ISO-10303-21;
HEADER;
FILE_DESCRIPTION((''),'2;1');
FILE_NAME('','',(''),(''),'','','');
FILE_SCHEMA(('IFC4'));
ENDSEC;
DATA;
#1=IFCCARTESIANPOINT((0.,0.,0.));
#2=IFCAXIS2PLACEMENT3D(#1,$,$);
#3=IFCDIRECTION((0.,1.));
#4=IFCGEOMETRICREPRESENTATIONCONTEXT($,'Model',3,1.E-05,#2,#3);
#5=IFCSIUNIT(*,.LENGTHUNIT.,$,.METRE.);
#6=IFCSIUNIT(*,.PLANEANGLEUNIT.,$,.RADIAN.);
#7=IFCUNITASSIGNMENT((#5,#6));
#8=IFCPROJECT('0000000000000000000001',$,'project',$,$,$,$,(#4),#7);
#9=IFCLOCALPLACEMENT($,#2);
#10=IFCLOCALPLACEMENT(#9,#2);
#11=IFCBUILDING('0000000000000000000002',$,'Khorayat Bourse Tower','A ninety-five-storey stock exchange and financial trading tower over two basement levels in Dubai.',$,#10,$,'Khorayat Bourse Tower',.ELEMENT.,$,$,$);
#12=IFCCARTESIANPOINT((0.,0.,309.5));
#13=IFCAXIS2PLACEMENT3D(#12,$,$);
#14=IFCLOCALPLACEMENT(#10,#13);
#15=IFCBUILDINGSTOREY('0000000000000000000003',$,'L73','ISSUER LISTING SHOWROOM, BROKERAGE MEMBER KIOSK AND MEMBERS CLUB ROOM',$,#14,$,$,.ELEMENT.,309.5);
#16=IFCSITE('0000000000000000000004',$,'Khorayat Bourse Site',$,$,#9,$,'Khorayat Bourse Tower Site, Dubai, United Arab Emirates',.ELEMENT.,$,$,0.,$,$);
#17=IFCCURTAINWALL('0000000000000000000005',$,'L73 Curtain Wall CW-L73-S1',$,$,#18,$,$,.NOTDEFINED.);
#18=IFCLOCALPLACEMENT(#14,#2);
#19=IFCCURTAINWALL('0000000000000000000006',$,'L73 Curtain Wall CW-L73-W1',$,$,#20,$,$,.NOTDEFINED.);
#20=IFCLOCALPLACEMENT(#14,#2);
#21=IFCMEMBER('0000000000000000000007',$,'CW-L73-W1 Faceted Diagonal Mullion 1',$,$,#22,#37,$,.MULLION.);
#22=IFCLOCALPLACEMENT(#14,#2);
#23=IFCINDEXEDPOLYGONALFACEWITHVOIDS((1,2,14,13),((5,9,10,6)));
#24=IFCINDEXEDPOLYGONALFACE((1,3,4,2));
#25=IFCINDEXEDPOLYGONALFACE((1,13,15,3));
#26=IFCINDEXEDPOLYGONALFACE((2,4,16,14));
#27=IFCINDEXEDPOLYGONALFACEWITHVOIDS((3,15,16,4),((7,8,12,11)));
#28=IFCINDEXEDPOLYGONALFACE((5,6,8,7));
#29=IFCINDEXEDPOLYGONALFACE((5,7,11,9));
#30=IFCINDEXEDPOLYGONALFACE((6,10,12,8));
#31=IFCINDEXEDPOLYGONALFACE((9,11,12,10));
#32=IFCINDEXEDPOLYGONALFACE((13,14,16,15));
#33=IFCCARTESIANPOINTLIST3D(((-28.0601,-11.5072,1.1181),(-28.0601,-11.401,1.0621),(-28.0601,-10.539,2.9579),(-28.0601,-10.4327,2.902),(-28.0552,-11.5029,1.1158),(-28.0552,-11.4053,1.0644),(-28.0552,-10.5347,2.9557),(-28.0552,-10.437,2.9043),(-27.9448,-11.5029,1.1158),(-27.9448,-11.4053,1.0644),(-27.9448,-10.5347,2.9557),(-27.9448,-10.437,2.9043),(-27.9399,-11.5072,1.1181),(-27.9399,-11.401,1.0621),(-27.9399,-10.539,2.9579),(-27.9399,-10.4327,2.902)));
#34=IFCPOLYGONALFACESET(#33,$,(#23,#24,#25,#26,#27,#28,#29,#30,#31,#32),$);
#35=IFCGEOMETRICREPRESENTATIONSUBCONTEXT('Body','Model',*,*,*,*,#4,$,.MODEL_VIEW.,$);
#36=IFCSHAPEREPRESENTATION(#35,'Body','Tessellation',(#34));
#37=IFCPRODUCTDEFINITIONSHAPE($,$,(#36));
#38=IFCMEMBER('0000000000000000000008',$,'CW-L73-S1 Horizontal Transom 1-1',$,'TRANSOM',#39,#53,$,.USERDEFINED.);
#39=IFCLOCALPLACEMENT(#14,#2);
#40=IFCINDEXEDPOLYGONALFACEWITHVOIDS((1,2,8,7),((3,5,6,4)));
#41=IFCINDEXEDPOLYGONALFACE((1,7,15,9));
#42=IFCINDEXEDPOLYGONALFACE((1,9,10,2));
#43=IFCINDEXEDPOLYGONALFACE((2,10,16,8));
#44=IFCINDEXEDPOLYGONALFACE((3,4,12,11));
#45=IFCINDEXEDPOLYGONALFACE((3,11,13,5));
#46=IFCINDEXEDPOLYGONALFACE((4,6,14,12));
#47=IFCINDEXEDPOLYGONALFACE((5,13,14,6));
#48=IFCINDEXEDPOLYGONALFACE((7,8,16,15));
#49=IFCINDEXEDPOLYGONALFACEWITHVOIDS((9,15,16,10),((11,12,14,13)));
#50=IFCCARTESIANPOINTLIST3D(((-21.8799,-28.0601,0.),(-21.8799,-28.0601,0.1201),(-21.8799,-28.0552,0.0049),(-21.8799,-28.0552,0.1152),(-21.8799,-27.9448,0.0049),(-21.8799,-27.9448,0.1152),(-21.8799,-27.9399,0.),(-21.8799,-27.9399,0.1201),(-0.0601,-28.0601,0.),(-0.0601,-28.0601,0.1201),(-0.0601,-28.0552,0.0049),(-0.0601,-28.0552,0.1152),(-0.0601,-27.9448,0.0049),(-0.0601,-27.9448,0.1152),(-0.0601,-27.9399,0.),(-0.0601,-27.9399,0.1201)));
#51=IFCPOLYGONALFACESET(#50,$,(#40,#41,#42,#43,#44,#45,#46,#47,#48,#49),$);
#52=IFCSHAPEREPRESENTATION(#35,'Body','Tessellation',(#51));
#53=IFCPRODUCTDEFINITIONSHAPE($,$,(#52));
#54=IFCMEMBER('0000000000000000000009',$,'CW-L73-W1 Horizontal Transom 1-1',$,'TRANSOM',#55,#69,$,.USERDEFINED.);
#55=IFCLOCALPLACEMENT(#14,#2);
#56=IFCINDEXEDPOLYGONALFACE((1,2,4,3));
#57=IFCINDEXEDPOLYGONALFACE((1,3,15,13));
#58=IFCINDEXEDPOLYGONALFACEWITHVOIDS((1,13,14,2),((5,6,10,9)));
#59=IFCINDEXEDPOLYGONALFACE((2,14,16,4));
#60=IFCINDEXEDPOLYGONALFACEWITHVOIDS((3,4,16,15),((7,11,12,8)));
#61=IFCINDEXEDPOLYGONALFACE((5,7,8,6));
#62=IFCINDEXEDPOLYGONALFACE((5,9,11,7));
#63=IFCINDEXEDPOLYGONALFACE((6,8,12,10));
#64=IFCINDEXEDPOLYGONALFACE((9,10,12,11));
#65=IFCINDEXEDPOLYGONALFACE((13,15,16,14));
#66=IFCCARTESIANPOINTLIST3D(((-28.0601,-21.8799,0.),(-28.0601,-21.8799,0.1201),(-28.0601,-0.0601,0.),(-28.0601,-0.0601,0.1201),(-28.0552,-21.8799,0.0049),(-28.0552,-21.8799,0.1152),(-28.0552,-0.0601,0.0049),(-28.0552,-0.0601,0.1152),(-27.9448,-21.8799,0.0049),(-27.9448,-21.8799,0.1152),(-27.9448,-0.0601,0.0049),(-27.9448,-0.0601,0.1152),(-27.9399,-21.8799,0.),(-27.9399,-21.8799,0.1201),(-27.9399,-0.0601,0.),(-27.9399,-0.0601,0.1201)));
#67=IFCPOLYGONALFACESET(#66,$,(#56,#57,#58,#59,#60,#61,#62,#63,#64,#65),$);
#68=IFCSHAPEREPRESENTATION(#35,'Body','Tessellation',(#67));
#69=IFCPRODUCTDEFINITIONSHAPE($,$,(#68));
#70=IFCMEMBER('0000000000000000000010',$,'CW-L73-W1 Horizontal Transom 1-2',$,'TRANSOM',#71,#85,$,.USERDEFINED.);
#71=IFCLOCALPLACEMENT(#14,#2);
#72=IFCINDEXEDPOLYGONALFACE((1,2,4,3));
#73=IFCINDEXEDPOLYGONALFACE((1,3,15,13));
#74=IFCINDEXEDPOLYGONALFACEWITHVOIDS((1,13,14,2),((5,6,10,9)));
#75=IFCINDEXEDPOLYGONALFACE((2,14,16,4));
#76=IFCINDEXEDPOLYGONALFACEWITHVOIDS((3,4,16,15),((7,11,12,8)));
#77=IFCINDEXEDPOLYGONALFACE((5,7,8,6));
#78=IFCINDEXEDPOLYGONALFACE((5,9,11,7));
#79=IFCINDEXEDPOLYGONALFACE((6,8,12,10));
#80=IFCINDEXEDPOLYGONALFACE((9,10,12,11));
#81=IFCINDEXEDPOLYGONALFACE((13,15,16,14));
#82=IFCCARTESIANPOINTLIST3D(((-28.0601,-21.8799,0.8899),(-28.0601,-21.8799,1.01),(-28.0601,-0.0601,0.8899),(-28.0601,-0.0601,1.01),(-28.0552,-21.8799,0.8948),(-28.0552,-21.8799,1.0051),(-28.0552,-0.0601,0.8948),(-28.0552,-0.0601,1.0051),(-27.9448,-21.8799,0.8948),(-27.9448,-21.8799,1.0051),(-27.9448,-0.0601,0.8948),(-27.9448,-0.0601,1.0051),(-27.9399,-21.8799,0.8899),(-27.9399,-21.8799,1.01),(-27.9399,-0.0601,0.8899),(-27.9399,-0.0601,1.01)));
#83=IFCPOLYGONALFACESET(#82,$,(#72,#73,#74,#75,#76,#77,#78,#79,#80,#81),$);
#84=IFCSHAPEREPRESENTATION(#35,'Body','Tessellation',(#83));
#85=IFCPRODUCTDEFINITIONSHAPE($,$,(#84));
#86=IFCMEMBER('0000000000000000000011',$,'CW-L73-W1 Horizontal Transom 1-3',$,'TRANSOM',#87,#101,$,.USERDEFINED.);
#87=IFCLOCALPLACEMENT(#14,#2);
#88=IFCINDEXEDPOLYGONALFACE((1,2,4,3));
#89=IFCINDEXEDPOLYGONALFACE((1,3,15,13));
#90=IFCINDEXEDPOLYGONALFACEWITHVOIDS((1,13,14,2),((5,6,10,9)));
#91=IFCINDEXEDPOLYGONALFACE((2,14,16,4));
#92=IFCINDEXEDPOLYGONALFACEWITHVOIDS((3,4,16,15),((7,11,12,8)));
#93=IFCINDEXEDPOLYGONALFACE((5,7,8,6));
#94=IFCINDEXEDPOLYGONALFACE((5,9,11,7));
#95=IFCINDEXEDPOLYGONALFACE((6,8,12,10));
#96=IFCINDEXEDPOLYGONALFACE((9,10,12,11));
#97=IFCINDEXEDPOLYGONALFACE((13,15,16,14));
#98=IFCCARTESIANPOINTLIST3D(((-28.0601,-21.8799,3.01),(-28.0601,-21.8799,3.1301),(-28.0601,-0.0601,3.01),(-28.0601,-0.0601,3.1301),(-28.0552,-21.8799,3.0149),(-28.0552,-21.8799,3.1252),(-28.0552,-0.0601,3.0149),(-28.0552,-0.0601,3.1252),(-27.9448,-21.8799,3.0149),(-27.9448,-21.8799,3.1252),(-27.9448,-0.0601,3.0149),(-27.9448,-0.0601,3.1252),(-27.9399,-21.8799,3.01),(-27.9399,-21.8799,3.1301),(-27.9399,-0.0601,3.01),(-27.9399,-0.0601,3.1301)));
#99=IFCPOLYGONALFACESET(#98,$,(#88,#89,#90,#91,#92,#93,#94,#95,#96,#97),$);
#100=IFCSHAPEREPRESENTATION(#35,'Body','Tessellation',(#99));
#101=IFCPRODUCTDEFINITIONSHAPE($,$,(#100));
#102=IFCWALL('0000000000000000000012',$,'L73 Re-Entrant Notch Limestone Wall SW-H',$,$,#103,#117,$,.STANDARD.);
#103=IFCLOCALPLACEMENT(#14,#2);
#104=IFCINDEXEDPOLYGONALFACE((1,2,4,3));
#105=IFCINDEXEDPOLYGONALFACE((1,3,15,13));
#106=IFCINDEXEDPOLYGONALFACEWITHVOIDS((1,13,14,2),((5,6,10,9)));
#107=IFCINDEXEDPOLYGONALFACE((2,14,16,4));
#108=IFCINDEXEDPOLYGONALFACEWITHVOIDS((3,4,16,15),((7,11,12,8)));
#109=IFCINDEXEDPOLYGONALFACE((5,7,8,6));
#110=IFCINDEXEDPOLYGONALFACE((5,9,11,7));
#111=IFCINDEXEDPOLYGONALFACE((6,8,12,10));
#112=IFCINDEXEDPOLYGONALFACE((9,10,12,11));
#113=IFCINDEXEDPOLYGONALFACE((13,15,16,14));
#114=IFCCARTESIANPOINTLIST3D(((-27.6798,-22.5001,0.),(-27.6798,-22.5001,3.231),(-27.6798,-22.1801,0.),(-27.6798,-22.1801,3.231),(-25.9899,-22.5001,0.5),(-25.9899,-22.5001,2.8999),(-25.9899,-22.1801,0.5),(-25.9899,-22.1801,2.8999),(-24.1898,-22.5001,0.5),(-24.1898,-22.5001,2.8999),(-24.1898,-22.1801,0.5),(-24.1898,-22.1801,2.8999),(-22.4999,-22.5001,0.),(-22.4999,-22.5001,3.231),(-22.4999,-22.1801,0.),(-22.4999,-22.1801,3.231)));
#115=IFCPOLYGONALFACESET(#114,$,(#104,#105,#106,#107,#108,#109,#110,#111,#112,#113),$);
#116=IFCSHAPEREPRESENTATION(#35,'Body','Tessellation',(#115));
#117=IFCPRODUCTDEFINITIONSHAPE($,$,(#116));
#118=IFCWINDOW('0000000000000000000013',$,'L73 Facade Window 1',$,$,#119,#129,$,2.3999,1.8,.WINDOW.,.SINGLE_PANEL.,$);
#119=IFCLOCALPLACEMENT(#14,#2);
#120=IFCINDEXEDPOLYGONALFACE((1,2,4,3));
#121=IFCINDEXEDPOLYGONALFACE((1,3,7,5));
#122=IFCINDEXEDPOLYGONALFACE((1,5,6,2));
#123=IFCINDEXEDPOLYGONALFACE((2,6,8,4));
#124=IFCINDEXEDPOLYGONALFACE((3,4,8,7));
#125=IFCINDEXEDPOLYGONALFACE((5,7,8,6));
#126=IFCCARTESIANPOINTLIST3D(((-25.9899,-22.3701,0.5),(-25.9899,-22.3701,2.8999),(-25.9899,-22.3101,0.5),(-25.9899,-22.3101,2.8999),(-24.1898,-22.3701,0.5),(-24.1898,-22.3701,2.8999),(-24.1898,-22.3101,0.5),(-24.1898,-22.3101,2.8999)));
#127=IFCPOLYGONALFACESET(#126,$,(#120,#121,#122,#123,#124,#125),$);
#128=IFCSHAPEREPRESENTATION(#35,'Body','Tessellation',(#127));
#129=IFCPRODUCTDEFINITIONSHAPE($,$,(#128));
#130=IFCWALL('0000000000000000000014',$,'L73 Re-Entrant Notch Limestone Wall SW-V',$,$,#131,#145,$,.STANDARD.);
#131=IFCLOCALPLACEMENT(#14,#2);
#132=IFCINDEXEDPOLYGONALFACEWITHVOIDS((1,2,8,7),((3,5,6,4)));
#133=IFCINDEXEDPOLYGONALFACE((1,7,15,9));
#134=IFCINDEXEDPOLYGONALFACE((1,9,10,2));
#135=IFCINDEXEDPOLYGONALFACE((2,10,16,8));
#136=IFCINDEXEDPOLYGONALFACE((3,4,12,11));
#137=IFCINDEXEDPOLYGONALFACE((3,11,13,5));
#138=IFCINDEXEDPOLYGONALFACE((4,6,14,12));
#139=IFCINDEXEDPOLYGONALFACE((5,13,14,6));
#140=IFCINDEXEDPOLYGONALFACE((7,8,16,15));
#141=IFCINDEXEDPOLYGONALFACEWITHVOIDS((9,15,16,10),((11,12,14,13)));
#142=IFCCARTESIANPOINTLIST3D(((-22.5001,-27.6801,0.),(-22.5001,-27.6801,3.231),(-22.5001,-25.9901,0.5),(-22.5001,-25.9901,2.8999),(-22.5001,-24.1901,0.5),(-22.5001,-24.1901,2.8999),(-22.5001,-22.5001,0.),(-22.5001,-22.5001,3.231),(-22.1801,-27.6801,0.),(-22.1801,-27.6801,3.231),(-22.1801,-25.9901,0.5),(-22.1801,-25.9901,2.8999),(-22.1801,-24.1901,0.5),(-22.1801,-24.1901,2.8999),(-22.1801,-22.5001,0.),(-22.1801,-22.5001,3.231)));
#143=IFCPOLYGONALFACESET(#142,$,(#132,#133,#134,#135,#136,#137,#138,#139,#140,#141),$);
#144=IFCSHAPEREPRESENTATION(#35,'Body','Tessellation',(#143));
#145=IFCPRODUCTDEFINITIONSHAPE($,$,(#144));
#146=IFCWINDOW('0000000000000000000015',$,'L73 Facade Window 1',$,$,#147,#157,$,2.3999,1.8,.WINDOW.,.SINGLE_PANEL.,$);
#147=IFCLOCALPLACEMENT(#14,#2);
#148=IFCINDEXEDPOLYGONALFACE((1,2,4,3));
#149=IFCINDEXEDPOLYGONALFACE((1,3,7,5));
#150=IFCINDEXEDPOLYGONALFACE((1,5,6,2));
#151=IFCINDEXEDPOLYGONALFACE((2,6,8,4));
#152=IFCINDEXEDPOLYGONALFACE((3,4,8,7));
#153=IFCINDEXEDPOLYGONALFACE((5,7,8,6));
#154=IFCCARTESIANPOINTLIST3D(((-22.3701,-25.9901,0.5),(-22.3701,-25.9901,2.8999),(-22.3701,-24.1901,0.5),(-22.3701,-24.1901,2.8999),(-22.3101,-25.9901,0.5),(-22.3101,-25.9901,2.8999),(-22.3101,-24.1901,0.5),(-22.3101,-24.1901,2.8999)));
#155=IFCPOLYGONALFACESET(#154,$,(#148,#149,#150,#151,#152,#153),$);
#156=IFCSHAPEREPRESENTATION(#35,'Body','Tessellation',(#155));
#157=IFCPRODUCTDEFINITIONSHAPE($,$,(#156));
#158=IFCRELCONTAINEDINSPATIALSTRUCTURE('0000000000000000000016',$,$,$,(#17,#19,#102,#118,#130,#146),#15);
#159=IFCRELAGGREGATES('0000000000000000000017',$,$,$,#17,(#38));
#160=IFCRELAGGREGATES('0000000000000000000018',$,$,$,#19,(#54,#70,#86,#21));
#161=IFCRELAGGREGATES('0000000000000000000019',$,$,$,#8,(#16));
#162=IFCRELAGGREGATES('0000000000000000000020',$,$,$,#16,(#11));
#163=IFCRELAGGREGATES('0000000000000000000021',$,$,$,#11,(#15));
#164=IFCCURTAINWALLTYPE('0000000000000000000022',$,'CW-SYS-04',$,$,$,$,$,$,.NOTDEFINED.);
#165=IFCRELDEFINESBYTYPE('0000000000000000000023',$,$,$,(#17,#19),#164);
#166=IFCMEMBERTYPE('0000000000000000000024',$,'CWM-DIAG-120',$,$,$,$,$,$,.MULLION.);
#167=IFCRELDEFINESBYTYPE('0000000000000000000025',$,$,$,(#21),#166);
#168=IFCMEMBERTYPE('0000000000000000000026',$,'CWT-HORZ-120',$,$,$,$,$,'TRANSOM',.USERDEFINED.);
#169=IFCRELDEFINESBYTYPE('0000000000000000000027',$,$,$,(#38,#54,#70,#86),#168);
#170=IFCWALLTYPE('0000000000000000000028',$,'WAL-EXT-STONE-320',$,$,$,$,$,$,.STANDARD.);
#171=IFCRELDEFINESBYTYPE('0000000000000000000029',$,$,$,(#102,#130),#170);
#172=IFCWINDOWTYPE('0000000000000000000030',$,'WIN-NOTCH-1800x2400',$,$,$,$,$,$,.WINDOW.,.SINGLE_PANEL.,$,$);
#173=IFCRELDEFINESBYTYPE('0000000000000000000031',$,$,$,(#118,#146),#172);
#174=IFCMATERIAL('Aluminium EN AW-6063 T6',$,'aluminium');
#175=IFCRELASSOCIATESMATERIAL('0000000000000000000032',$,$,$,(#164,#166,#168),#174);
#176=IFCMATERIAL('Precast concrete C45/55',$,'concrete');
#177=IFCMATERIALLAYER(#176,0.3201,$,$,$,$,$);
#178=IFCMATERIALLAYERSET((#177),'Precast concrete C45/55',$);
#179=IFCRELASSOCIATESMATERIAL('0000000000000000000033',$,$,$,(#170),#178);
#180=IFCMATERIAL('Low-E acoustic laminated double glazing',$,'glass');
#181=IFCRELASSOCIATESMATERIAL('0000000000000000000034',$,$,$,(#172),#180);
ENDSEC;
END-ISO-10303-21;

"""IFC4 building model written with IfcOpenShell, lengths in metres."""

from ifc_helpers import new_model, si_unit, direction, frame, frame_2d, origin, origin_2d, place, context, subcontext, project, spatial, rectangle, hollow_rectangle, extrude, source, transform, mapped, material, layer, layer_set, material_profile, profile_set, type_object, element, fill, aggregate, save


model = new_model("IFC4")

# Units and contexts
model_context = context("Model", 3, precision=1e-05, world=origin(), true_north=direction((0.0, 1.0)))
body_context = subcontext(model_context, "Body", "Model", "MODEL_VIEW")
ifc_project = project(units=[si_unit("LENGTHUNIT", "METRE"), si_unit("PLANEANGLEUNIT", "RADIAN")], contexts=[model_context])

# Site, building, storey
site_placement = place(None, origin())
site = spatial("IfcSite", under=ifc_project, at=site_placement, Name="Khorayat Bourse Site", LongName="Khorayat Bourse Tower Site, Dubai, United Arab Emirates", CompositionType="ELEMENT", RefElevation=0.0)
building_placement = place(site_placement, origin())
building = spatial("IfcBuilding", under=site, at=building_placement, Name="Khorayat Bourse Tower", Description="A ninety-five-storey stock exchange and financial trading tower over two basement levels in Dubai.", LongName="Khorayat Bourse Tower", CompositionType="ELEMENT")
storey_placement = place(building_placement, frame((0.0, 0.0, 309.5)))
storey = spatial("IfcBuildingStorey", under=building, at=storey_placement, Name="L73", Description="ISSUER LISTING SHOWROOM, BROKERAGE MEMBER KIOSK AND MEMBERS CLUB ROOM", CompositionType="ELEMENT", Elevation=309.5)

# Curtain wall
ifc_material_1 = material(Name="Aluminium EN AW-6063 T6", Category="aluminium")
curtain_wall_type = type_object("IfcCurtainWallType", Name="CW-SYS-04", PredefinedType="NOTDEFINED", material=ifc_material_1)
curtain_wall_1_placement = place(storey_placement, origin())
curtain_wall_1 = element("IfcCurtainWall", 1, at=curtain_wall_1_placement, inside=storey, type_object=curtain_wall_type, Name="L73 Curtain Wall CW-L73-S1", PredefinedType="NOTDEFINED")

# Curtain wall, member
curtain_wall_2_placement = place(storey_placement, origin())
curtain_wall_2 = element("IfcCurtainWall", 2, at=curtain_wall_2_placement, inside=storey, type_object=curtain_wall_type, Name="L73 Curtain Wall CW-L73-W1", PredefinedType="NOTDEFINED")
ifc_material_profile_1 = material_profile(ifc_material_1, hollow_rectangle(XDim=0.1201, YDim=0.1201, WallThickness=0.0049, at=origin_2d()), Name="ALU 120x120x5")
ifc_profile_set_1 = profile_set([ifc_material_profile_1], Name="Aluminium EN AW-6063 T6")
member_type_1 = type_object("IfcMemberType", Name="CWM-DIAG-120", PredefinedType="MULLION", material=ifc_profile_set_1)
shared_shape_1 = source(origin(), body_context, "Body", "SweptSolid", [
    extrude(hollow_rectangle(XDim=0.1201, YDim=0.1201, WallThickness=0.0049, at=origin_2d()), origin(), (0.0, 0.0, 1.0), 2.0791),
])
member_1_placement = place(storey_placement, frame((-28.0, -11.4541, 1.0901), z_axis=(0.0, 0.465717, 0.884934), x_axis=(-1.0, 0.0, 0.0)))
member_1 = element("IfcMember", 3, at=member_1_placement, type_object=member_type_1, Name="CW-L73-W1 Faceted Diagonal Mullion 1", PredefinedType="MULLION", context=body_context, shape_type="MappedRepresentation", body=[
    mapped(shared_shape_1, transform((0.0, 0.0, 0.0), scale=1.0)),
])

# Members
ifc_material_profile_2 = material_profile(ifc_material_1, hollow_rectangle(XDim=0.1201, YDim=0.1201, WallThickness=0.0049, at=origin_2d()), Name="ALU 120x120x5")
ifc_profile_set_2 = profile_set([ifc_material_profile_2], Name="Aluminium EN AW-6063 T6")
member_type_2 = type_object("IfcMemberType", Name="CWT-HORZ-120", ElementType="TRANSOM", PredefinedType="USERDEFINED", material=ifc_profile_set_2)
shared_shape_2 = source(origin(), body_context, "Body", "SweptSolid", [
    extrude(hollow_rectangle(XDim=0.1201, YDim=0.1201, WallThickness=0.0049, at=origin_2d()), origin(), (0.0, 0.0, 1.0), 21.8198),
])
member_2_placement = place(storey_placement, frame((-21.8799, -28.0, 0.0601), z_axis=(1.0, 0.0, 0.0), x_axis=(0.0, 1.0, 0.0)))
member_2 = element("IfcMember", 4, at=member_2_placement, type_object=member_type_2, Name="CW-L73-S1 Horizontal Transom 1-1", ObjectType="TRANSOM", PredefinedType="USERDEFINED", context=body_context, shape_type="MappedRepresentation", body=[
    mapped(shared_shape_2, transform((0.0, 0.0, 0.0), scale=1.0)),
])
aggregate(curtain_wall_1, [member_2])
member_3_placement = place(storey_placement, frame((-28.0, -21.8799, 0.0601), z_axis=(0.0, 1.0, 0.0), x_axis=(-1.0, 0.0, 0.0)))
member_3 = element("IfcMember", 5, at=member_3_placement, type_object=member_type_2, Name="CW-L73-W1 Horizontal Transom 1-1", ObjectType="TRANSOM", PredefinedType="USERDEFINED", context=body_context, shape_type="MappedRepresentation", body=[
    mapped(shared_shape_2, transform((0.0, 0.0, 0.0), scale=1.0)),
])
member_4_placement = place(storey_placement, frame((-28.0, -21.8799, 0.95), z_axis=(0.0, 1.0, 0.0), x_axis=(-1.0, 0.0, 0.0)))
member_4 = element("IfcMember", 6, at=member_4_placement, type_object=member_type_2, Name="CW-L73-W1 Horizontal Transom 1-2", ObjectType="TRANSOM", PredefinedType="USERDEFINED", context=body_context, shape_type="MappedRepresentation", body=[
    mapped(shared_shape_2, transform((0.0, 0.0, 0.0), scale=1.0)),
])
member_5_placement = place(storey_placement, frame((-28.0, -21.8799, 3.0701), z_axis=(0.0, 1.0, 0.0), x_axis=(-1.0, 0.0, 0.0)))
member_5 = element("IfcMember", 7, at=member_5_placement, type_object=member_type_2, Name="CW-L73-W1 Horizontal Transom 1-3", ObjectType="TRANSOM", PredefinedType="USERDEFINED", context=body_context, shape_type="MappedRepresentation", body=[
    mapped(shared_shape_2, transform((0.0, 0.0, 0.0), scale=1.0)),
])
aggregate(curtain_wall_2, [member_3, member_4, member_5, member_1])

# Walls, openings, windows
ifc_material_2 = material(Name="Precast concrete C45/55", Category="concrete")
ifc_layer = layer(ifc_material_2, 0.3201)
ifc_layer_set = layer_set([ifc_layer], Name="Precast concrete C45/55")
wall_type = type_object("IfcWallType", Name="WAL-EXT-STONE-320", PredefinedType="STANDARD", material=ifc_layer_set)
shared_shape_3 = source(origin(), body_context, "Body", "SweptSolid", [
    extrude(rectangle(XDim=5.1799, YDim=0.3201, at=frame_2d((2.5898, 0.0))), origin(), (0.0, 0.0, 1.0), 3.231),
])
wall_1_placement = place(storey_placement, frame((-22.5, -22.3401, 0.0), z_axis=(0.0, 0.0, 1.0), x_axis=(-1.0, 0.0, 0.0)))
wall_1 = element("IfcWall", 8, at=wall_1_placement, inside=storey, type_object=wall_type, Name="L73 Re-Entrant Notch Limestone Wall SW-H", PredefinedType="STANDARD", context=body_context, shape_type="MappedRepresentation", body=[
    mapped(shared_shape_3, transform((0.0, 0.0, 0.0), scale=1.0)),
])
shared_shape_4 = source(origin(), body_context, "Body", "SweptSolid", [
    extrude(rectangle(XDim=1.8, YDim=2.3999, at=frame_2d((0.8999, 1.2))), frame((0.0, 0.1699, 0.0), z_axis=(0.0, -1.0, 0.0), x_axis=(1.0, 0.0, 0.0)), (0.0, 0.0, 1.0), 0.3401),
])
opening_1_placement = place(wall_1_placement, frame((1.6899, 0.0, 0.5)))
opening_1 = element("IfcOpeningElement", 9, at=opening_1_placement, cuts=wall_1, PredefinedType="OPENING", context=body_context, shape_type="MappedRepresentation", body=[
    mapped(shared_shape_4, transform((0.0, 0.0, 0.0), scale=1.0)),
])
ifc_material_3 = material(Name="Low-E acoustic laminated double glazing", Category="glass")
window_type = type_object("IfcWindowType", Name="WIN-NOTCH-1800x2400", PartitioningType="SINGLE_PANEL", PredefinedType="WINDOW", material=ifc_material_3)
shared_shape_5 = source(origin(), body_context, "Body", "SweptSolid", [
    extrude(rectangle(XDim=1.8, YDim=2.3999, at=frame_2d((0.8999, 1.2))), frame((0.0, 0.03, 0.0), z_axis=(0.0, -1.0, 0.0), x_axis=(1.0, 0.0, 0.0)), (0.0, 0.0, 1.0), 0.0601),
])
window_1_placement = place(opening_1_placement, origin())
window_1 = element("IfcWindow", 10, at=window_1_placement, inside=storey, type_object=window_type, Name="L73 Facade Window 1", OverallHeight=2.3999, OverallWidth=1.8, PartitioningType="SINGLE_PANEL", PredefinedType="WINDOW", context=body_context, shape_type="MappedRepresentation", body=[
    mapped(shared_shape_5, transform((0.0, 0.0, 0.0), scale=1.0)),
])
fill(opening_1, window_1)
wall_2_placement = place(storey_placement, frame((-22.3401, -27.6799, 0.0), z_axis=(0.0, 0.0, 1.0), x_axis=(0.0, 1.0, 0.0)))
wall_2 = element("IfcWall", 11, at=wall_2_placement, inside=storey, type_object=wall_type, Name="L73 Re-Entrant Notch Limestone Wall SW-V", PredefinedType="STANDARD", context=body_context, shape_type="MappedRepresentation", body=[
    mapped(shared_shape_3, transform((0.0, 0.0, 0.0), scale=1.0)),
])
opening_2_placement = place(wall_2_placement, frame((1.6899, 0.0, 0.5)))
opening_2 = element("IfcOpeningElement", 12, at=opening_2_placement, cuts=wall_2, PredefinedType="OPENING", context=body_context, shape_type="MappedRepresentation", body=[
    mapped(shared_shape_4, transform((0.0, 0.0, 0.0), scale=1.0)),
])
window_2_placement = place(opening_2_placement, origin())
window_2 = element("IfcWindow", 13, at=window_2_placement, inside=storey, type_object=window_type, Name="L73 Facade Window 1", OverallHeight=2.3999, OverallWidth=1.8, PartitioningType="SINGLE_PANEL", PredefinedType="WINDOW", context=body_context, shape_type="MappedRepresentation", body=[
    mapped(shared_shape_5, transform((0.0, 0.0, 0.0), scale=1.0)),
])
fill(opening_2, window_2)

save(model, "model.ifc")
